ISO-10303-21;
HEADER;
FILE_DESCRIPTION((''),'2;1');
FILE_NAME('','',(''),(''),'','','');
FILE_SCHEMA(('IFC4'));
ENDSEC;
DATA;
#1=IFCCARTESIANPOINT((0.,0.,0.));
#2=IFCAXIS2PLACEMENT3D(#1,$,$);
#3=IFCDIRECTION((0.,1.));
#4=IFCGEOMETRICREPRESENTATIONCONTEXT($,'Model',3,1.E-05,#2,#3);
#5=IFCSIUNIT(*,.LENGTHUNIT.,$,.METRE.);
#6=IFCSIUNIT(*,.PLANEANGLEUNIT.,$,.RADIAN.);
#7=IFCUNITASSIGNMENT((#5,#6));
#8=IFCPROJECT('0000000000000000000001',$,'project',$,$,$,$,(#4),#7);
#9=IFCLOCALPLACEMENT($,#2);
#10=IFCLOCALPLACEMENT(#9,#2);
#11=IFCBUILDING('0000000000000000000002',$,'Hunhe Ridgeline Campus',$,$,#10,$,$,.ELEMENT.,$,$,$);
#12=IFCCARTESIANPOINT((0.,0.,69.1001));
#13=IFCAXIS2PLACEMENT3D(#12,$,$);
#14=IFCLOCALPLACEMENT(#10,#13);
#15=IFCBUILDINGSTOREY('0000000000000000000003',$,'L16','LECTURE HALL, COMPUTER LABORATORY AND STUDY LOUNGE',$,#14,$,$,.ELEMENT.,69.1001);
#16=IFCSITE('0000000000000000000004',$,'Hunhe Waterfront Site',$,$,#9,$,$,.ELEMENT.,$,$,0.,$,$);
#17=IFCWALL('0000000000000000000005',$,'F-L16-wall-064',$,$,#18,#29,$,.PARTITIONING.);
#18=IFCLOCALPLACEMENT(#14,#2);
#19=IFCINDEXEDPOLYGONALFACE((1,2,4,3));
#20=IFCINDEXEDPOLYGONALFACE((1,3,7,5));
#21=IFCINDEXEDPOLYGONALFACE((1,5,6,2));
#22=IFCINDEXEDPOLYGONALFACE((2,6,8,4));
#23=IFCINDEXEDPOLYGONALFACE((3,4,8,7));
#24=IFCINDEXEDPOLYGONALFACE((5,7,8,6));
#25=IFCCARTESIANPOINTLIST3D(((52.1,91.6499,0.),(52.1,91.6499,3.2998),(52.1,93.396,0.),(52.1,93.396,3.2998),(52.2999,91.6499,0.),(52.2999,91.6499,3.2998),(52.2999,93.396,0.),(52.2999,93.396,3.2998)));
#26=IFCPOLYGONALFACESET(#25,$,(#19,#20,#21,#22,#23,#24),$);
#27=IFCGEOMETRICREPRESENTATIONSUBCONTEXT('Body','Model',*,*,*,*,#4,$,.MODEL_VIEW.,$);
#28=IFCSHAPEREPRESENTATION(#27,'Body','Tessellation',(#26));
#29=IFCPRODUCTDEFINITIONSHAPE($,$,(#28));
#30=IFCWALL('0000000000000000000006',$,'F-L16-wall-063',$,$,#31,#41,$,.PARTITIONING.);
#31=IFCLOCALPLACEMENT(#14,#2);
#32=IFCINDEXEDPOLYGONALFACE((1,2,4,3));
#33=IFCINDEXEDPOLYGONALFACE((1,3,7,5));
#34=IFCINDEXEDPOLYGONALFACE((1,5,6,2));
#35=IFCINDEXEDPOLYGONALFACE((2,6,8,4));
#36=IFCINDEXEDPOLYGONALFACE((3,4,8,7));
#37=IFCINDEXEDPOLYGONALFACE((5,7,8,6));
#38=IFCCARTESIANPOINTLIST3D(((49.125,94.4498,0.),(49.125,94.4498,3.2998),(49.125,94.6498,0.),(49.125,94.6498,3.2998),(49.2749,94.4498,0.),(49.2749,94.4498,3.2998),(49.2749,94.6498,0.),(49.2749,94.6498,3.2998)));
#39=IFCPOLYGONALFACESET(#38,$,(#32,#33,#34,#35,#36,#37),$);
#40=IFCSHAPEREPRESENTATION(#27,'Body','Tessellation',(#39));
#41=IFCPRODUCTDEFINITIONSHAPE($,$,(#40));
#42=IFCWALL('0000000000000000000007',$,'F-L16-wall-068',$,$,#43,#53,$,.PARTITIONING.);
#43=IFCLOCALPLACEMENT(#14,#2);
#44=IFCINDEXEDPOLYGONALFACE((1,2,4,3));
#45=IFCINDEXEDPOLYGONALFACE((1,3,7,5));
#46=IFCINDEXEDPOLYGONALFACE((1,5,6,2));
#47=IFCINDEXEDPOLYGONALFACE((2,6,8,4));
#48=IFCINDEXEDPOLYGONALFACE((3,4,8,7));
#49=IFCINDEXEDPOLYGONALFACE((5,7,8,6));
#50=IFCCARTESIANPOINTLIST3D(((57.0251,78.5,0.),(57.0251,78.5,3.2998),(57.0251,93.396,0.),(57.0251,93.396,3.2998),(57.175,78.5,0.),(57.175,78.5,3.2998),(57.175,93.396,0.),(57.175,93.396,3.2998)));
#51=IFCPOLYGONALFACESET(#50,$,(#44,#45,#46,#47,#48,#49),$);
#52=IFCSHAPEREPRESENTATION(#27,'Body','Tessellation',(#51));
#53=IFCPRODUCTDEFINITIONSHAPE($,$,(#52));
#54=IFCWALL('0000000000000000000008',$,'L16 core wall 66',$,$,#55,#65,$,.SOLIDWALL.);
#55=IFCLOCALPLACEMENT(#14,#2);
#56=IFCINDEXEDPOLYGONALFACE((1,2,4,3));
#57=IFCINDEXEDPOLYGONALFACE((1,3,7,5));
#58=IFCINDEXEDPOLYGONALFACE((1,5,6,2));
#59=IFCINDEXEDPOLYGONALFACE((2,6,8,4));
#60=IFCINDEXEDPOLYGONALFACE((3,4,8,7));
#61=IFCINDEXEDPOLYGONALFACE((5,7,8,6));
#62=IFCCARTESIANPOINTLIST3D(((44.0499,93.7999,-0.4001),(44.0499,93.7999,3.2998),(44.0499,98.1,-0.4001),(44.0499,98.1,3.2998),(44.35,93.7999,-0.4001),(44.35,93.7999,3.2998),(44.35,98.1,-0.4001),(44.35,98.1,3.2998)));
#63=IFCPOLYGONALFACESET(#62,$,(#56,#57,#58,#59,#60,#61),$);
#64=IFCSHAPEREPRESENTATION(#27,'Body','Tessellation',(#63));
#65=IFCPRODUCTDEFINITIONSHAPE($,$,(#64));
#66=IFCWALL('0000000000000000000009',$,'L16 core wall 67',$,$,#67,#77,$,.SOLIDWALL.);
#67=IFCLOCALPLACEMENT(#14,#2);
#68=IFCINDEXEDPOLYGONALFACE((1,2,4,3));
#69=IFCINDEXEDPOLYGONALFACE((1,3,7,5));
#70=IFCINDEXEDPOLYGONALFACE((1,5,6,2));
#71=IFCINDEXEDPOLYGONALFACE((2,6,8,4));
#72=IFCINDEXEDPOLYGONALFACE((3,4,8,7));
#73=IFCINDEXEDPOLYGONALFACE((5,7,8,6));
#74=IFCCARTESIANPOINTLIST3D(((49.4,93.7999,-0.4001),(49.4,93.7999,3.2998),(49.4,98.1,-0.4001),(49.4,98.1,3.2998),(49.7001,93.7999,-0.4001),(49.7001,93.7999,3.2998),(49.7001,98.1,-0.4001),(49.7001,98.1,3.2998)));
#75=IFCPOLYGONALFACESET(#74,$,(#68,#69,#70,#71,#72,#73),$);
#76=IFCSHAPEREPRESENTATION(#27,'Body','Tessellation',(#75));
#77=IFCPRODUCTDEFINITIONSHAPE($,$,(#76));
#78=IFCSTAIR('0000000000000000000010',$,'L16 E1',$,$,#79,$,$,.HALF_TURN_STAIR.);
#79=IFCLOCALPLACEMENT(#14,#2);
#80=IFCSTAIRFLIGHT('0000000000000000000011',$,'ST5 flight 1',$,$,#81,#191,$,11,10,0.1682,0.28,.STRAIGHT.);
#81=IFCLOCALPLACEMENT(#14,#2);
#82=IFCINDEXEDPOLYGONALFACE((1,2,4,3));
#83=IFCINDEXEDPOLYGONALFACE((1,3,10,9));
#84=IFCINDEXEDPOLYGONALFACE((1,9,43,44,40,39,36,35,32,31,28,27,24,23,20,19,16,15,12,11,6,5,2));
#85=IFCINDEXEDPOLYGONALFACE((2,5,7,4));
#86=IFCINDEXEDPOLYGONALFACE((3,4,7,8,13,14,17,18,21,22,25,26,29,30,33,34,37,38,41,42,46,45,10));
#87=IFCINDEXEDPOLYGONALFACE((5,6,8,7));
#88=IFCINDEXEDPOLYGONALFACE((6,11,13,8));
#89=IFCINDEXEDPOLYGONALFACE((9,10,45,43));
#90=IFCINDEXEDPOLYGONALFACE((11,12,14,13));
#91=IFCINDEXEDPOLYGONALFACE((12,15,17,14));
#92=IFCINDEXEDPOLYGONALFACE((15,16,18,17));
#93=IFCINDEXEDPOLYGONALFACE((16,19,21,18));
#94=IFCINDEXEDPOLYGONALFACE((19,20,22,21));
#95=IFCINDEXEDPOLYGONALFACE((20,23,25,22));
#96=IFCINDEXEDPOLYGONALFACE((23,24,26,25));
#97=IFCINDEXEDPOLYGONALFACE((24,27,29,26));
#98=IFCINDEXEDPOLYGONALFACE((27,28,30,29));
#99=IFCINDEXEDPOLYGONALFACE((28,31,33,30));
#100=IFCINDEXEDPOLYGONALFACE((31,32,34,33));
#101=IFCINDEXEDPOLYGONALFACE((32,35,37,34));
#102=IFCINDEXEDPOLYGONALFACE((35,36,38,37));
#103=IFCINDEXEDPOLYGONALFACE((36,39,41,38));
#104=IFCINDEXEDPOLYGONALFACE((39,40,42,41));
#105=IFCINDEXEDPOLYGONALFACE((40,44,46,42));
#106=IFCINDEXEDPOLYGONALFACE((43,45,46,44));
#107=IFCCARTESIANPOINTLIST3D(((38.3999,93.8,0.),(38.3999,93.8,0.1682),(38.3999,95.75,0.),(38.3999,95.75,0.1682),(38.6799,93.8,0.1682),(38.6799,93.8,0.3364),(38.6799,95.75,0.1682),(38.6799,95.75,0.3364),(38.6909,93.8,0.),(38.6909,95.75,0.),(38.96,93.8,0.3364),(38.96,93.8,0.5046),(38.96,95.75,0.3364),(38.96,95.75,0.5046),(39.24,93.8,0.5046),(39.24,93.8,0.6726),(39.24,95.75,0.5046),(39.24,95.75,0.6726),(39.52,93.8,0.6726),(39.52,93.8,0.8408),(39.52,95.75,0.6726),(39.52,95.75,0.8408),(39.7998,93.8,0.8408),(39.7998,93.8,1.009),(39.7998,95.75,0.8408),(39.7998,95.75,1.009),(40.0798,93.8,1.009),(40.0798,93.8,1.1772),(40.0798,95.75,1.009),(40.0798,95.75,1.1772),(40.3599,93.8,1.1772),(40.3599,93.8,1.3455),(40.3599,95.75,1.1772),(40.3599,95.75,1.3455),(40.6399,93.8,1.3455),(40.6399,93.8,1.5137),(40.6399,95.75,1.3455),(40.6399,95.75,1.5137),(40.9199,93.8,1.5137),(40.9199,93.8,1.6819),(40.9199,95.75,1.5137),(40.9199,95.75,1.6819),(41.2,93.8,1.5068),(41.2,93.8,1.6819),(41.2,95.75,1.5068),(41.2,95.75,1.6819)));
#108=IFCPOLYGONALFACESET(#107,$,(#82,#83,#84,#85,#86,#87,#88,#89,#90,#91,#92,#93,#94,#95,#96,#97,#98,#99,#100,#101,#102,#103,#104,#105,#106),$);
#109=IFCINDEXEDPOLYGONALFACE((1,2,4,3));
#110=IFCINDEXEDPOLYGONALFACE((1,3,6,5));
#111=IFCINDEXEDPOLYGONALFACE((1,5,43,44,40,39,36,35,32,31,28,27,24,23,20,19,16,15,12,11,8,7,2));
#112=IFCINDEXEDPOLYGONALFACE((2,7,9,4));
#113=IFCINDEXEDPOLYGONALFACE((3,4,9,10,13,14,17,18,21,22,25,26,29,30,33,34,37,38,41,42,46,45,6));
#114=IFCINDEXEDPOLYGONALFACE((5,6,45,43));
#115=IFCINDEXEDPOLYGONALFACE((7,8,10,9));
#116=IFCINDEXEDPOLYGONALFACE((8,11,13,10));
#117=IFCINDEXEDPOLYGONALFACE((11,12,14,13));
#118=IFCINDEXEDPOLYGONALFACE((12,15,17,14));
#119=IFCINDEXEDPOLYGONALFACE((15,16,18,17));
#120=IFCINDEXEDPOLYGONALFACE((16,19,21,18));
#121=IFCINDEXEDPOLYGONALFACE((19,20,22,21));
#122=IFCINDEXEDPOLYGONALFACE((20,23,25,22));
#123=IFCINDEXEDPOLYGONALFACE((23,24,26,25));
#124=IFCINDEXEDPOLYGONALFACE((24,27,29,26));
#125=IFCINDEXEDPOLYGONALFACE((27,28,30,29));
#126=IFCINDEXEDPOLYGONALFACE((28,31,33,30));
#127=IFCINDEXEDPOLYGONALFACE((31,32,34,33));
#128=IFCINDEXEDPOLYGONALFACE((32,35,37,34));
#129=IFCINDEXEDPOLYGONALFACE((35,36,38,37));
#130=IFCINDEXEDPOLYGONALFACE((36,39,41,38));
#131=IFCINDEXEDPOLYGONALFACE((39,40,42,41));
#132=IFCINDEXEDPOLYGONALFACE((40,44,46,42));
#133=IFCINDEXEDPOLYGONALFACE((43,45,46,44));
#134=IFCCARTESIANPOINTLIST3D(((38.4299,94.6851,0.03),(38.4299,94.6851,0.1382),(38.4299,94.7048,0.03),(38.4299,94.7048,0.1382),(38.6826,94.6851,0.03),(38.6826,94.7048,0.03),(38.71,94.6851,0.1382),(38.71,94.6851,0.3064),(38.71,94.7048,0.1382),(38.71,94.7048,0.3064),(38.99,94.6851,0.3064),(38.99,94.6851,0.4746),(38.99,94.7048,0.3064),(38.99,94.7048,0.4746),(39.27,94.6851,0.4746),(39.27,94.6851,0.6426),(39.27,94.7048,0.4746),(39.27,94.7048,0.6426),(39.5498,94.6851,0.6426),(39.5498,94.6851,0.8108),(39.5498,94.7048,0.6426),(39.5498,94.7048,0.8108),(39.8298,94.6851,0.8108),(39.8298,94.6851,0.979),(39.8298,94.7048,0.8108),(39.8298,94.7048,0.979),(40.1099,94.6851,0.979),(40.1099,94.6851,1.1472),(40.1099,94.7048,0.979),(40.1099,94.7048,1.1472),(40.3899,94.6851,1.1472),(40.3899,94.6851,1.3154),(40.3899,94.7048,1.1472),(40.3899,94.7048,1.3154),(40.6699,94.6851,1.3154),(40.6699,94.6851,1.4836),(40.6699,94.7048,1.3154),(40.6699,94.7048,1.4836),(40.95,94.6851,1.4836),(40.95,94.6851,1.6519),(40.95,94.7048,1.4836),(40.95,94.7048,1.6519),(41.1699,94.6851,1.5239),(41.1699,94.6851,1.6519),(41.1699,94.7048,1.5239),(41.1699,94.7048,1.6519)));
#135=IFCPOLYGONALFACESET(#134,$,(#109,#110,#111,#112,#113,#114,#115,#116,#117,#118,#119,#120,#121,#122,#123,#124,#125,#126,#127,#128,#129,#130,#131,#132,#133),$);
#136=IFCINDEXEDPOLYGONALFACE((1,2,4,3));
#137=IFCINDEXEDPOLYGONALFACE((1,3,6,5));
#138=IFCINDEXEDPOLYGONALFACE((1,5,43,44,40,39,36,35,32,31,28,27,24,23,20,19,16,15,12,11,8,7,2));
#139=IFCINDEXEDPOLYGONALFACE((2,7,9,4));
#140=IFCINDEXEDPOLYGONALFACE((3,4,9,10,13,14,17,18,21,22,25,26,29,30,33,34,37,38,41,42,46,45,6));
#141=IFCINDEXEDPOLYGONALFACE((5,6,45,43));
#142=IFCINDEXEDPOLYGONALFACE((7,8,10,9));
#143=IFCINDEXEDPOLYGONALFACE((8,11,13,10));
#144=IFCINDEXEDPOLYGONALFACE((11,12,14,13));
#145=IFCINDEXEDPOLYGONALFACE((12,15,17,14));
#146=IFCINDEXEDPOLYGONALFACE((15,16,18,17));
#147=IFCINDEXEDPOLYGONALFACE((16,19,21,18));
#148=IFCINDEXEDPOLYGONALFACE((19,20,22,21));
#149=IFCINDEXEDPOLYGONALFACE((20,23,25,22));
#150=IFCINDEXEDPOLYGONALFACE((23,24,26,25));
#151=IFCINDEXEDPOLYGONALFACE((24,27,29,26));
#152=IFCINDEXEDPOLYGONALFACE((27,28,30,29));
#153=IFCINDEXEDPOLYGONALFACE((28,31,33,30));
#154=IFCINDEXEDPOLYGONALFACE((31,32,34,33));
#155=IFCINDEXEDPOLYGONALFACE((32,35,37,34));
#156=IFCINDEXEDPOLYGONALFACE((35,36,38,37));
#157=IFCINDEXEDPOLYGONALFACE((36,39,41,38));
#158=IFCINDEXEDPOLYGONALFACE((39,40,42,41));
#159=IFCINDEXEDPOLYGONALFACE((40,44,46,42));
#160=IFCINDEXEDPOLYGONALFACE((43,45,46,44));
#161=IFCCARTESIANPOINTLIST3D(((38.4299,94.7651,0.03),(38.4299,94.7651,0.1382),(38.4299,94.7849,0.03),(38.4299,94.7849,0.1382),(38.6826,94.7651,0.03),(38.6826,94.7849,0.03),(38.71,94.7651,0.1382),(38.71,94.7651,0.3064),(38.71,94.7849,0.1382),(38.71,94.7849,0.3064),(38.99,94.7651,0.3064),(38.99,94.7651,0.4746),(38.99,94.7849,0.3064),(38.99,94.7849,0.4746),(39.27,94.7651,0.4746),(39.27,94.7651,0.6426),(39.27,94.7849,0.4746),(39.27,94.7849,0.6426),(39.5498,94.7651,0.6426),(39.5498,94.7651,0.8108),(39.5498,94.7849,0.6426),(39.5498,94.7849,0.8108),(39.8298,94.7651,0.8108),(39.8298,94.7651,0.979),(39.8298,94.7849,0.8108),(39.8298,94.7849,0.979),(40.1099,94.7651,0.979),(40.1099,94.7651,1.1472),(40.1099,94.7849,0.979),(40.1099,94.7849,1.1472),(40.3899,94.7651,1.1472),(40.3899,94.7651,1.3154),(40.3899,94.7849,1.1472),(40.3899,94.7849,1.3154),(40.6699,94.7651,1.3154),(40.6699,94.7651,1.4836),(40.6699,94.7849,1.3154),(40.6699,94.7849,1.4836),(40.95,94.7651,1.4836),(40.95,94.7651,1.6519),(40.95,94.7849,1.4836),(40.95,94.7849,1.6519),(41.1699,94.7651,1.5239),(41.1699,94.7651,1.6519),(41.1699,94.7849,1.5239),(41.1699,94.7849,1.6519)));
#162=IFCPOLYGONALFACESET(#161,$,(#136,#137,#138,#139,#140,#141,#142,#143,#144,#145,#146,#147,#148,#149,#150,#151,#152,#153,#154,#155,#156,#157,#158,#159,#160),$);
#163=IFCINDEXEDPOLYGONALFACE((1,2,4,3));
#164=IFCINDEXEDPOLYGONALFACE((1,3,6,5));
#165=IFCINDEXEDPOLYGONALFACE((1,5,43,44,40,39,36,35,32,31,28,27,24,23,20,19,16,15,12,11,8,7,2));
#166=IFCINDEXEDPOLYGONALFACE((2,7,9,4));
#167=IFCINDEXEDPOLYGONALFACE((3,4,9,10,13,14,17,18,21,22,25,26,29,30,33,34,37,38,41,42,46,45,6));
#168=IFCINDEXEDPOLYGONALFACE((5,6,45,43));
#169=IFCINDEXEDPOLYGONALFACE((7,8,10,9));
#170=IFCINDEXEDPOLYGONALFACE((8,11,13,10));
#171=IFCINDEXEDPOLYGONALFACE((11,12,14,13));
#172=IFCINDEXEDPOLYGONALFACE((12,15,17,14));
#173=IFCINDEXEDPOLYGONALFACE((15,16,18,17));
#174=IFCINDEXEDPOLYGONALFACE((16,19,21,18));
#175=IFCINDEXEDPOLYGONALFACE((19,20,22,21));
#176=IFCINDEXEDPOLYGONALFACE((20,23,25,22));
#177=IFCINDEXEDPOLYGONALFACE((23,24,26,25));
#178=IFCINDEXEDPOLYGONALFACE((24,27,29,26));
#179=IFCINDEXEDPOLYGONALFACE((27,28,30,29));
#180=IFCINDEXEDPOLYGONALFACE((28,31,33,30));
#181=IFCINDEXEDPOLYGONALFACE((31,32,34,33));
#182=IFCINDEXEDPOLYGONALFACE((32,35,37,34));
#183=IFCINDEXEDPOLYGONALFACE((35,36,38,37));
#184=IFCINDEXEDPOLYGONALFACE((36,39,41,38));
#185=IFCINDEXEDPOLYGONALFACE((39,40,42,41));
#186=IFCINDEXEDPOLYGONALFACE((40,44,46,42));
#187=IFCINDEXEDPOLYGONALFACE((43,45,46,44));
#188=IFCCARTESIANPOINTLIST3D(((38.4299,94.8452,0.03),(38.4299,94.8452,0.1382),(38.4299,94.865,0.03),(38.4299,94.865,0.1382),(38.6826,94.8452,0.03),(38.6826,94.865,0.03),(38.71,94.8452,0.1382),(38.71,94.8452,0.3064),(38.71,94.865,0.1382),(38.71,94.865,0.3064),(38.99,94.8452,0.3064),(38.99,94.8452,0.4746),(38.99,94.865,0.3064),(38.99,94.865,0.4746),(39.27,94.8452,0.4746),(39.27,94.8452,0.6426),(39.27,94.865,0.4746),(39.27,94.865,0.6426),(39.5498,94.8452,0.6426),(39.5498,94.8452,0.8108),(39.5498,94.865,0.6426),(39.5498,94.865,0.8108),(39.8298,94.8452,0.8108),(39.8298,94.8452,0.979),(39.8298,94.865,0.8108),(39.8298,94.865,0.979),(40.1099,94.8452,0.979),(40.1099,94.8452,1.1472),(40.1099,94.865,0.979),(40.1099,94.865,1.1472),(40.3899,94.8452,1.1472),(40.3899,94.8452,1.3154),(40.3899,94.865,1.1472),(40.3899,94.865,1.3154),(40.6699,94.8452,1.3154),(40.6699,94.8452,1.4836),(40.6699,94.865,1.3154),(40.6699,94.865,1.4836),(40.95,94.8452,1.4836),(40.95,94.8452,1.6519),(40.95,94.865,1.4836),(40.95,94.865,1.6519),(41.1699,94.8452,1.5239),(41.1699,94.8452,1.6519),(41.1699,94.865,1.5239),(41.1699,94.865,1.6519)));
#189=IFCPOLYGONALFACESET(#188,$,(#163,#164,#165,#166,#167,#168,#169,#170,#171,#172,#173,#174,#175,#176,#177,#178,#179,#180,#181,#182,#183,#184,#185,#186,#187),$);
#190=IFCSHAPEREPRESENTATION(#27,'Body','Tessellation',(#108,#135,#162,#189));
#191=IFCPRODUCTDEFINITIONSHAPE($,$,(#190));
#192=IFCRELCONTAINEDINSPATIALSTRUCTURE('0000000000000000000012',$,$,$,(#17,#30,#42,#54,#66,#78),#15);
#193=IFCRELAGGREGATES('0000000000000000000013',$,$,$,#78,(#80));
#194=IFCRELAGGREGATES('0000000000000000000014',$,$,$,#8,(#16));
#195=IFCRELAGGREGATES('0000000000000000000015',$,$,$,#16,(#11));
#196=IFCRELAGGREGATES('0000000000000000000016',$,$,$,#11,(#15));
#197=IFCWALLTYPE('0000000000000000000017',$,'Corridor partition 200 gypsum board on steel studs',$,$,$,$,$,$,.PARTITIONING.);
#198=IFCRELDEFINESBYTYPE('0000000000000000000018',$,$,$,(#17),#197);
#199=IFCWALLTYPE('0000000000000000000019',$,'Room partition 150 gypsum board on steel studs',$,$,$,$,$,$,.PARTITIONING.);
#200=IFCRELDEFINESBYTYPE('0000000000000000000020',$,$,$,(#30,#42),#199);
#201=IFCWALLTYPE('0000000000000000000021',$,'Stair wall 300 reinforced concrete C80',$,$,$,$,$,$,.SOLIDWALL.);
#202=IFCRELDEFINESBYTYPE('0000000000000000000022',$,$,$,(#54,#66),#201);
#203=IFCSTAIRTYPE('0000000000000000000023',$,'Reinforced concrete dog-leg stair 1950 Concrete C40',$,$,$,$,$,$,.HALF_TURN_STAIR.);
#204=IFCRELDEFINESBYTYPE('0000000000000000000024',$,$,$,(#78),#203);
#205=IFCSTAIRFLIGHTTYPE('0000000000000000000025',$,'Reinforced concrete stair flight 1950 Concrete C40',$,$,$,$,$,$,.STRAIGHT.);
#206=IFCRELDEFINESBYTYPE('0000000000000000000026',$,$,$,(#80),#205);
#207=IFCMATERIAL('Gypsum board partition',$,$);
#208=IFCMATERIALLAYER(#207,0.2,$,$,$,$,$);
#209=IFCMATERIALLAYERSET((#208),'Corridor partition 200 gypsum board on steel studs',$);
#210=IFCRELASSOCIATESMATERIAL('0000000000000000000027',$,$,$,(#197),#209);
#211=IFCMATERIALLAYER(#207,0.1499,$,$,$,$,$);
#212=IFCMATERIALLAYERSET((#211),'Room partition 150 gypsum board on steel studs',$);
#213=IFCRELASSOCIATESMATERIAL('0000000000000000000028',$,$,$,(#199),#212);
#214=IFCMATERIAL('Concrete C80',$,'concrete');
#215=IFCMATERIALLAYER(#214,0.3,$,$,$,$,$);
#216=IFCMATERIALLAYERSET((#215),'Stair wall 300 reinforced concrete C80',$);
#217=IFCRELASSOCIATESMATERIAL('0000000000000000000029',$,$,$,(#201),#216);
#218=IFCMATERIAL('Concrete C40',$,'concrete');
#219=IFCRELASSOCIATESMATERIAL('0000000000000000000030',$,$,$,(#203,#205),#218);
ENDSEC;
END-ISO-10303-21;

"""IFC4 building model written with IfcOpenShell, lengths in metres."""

from ifc_helpers import new_model, si_unit, direction, frame, frame_2d, origin, place, context, subcontext, project, spatial, polyline, rectangle, outline, extrude, material, layer, layer_set, type_object, element, aggregate, save


model = new_model("IFC4")

# Units and contexts
model_context = context("Model", 3, precision=1e-05, world=origin(), true_north=direction((0.0, 1.0)))
body_context = subcontext(model_context, "Body", "Model", "MODEL_VIEW")
ifc_project = project(units=[si_unit("LENGTHUNIT", "METRE"), si_unit("PLANEANGLEUNIT", "RADIAN")], contexts=[model_context])

# Site, building, storey
site_placement = place(None, origin())
site = spatial("IfcSite", under=ifc_project, at=site_placement, Name="Hunhe Waterfront Site", CompositionType="ELEMENT", RefElevation=0.0)
building_placement = place(site_placement, origin())
building = spatial("IfcBuilding", under=site, at=building_placement, Name="Hunhe Ridgeline Campus", CompositionType="ELEMENT")
storey_placement = place(building_placement, frame((0.0, 0.0, 69.1001)))
storey = spatial("IfcBuildingStorey", under=building, at=storey_placement, Name="L16", Description="LECTURE HALL, COMPUTER LABORATORY AND STUDY LOUNGE", CompositionType="ELEMENT", Elevation=69.1001)

# Shared definitions
ifc_material_1 = material(Name="Gypsum board partition")
ifc_layer_1 = layer(ifc_material_1, 0.2)
ifc_layer_set_1 = layer_set([ifc_layer_1], Name="Corridor partition 200 gypsum board on steel studs")
wall_type_1 = type_object("IfcWallType", Name="Corridor partition 200 gypsum board on steel studs", PredefinedType="PARTITIONING", material=ifc_layer_set_1)

# Walls
wall_1_placement = place(storey_placement, frame((52.2, 93.396, 0.0), z_axis=(0.0, 0.0, 1.0), x_axis=(0.0, -1.0, 0.0)))
element("IfcWall", 1, at=wall_1_placement, inside=storey, type_object=wall_type_1, Name="F-L16-wall-064", PredefinedType="PARTITIONING", context=body_context, shape_type="SweptSolid", body=[
    extrude(rectangle(XDim=1.7461, YDim=0.2, at=frame_2d((0.873, 0.0))), origin(), (0.0, 0.0, 1.0), 3.2998),
])
ifc_layer_2 = layer(ifc_material_1, 0.1499)
ifc_layer_set_2 = layer_set([ifc_layer_2], Name="Room partition 150 gypsum board on steel studs")
wall_type_2 = type_object("IfcWallType", Name="Room partition 150 gypsum board on steel studs", PredefinedType="PARTITIONING", material=ifc_layer_set_2)
wall_2_placement = place(storey_placement, frame((49.2, 94.6499, 0.0), z_axis=(0.0, 0.0, 1.0), x_axis=(0.0, -1.0, 0.0)))
element("IfcWall", 2, at=wall_2_placement, inside=storey, type_object=wall_type_2, Name="F-L16-wall-063", PredefinedType="PARTITIONING", context=body_context, shape_type="SweptSolid", body=[
    extrude(rectangle(XDim=0.2, YDim=0.1499, at=frame_2d((0.1001, 0.0))), origin(), (0.0, 0.0, 1.0), 3.2998),
])
wall_3_placement = place(storey_placement, frame((57.1001, 93.396, 0.0), z_axis=(0.0, 0.0, 1.0), x_axis=(0.0, -1.0, 0.0)))
element("IfcWall", 3, at=wall_3_placement, inside=storey, type_object=wall_type_2, Name="F-L16-wall-068", PredefinedType="PARTITIONING", context=body_context, shape_type="SweptSolid", body=[
    extrude(rectangle(XDim=14.896, YDim=0.1499, at=frame_2d((7.448, 0.0))), origin(), (0.0, 0.0, 1.0), 3.2998),
])

# Shared definitions
ifc_material_2 = material(Name="Concrete C80", Category="concrete")
ifc_layer_3 = layer(ifc_material_2, 0.3)
ifc_layer_set_3 = layer_set([ifc_layer_3], Name="Stair wall 300 reinforced concrete C80")
wall_type_3 = type_object("IfcWallType", Name="Stair wall 300 reinforced concrete C80", PredefinedType="SOLIDWALL", material=ifc_layer_set_3)

# Walls
for number, where, z_axis, x_axis, name in (
    (4, (44.2, 93.8, -0.4001), (0.0, 0.0, 1.0), (0.0, 1.0, 0.0), "L16 core wall 66"),
    (5, (49.55, 93.8, -0.4001), (0.0, 0.0, 1.0), (0.0, 1.0, 0.0), "L16 core wall 67"),
):
    element("IfcWall", number, at=place(storey_placement, frame(where, z_axis=z_axis, x_axis=x_axis)), inside=storey, type_object=wall_type_3, Name=name, PredefinedType="SOLIDWALL", context=body_context, shape_type="SweptSolid", body=[
        extrude(rectangle(XDim=4.3, YDim=0.3, at=frame_2d((2.1499, 0.0))), origin(), (0.0, 0.0, 1.0), 3.7),
    ])

# Stair, stair flight
ifc_material_3 = material(Name="Concrete C40", Category="concrete")
stair_type = type_object("IfcStairType", Name="Reinforced concrete dog-leg stair 1950 Concrete C40", PredefinedType="HALF_TURN_STAIR", material=ifc_material_3)
stair_1_placement = place(storey_placement, origin())
stair_1 = element("IfcStair", 6, at=stair_1_placement, inside=storey, type_object=stair_type, Name="L16 E1", PredefinedType="HALF_TURN_STAIR")
stair_flight_type = type_object("IfcStairFlightType", Name="Reinforced concrete stair flight 1950 Concrete C40", PredefinedType="STRAIGHT", material=ifc_material_3)
stair_flight_1_placement = place(storey_placement, frame((38.3999, 94.7749, 0.0), z_axis=(0.0, 0.0, 1.0), x_axis=(1.0, 0.0, 0.0)))
stair_flight_1 = element("IfcStairFlight", 7, at=stair_flight_1_placement, type_object=stair_flight_type, Name="ST5 flight 1", NumberOfRisers=11, NumberOfTreads=10, PredefinedType="STRAIGHT", RiserHeight=0.1682, TreadLength=0.28, context=body_context, shape_type="SweptSolid", body=[
    extrude(outline(polyline([(0.0, 0.0), (0.0, 0.1682), (0.28, 0.1682), (0.28, 0.3364), (0.5601, 0.3364), (0.5601, 0.5046), (0.8401, 0.5046), (0.8401, 0.6726), (1.1201, 0.6726), (1.1201, 0.8408), (1.3999, 0.8408), (1.3999, 1.009), (1.6799, 1.009), (1.6799, 1.1772), (1.96, 1.1772), (1.96, 1.3455), (2.24, 1.3455), (2.24, 1.5137), (2.52, 1.5137), (2.52, 1.6819), (2.8, 1.6819), (2.8, 1.8501), (2.8, 1.5068), (0.291, 0.0), (0.0, 0.0)])), frame((0.0, 0.9751, 0.0), z_axis=(0.0, -1.0, 0.0), x_axis=(1.0, 0.0, 0.0)), (0.0, 0.0, 1.0), 1.95),
    extrude(outline(polyline([(0.03, 0.03), (0.03, 0.1382), (0.3101, 0.1382), (0.3101, 0.3064), (0.5901, 0.3064), (0.5901, 0.4746), (0.8701, 0.4746), (0.8701, 0.6426), (1.1499, 0.6426), (1.1499, 0.8108), (1.4299, 0.8108), (1.4299, 0.979), (1.71, 0.979), (1.71, 1.1472), (1.99, 1.1472), (1.99, 1.3154), (2.27, 1.3154), (2.27, 1.4836), (2.55, 1.4836), (2.55, 1.6519), (2.77, 1.6519), (2.77, 1.5239), (0.2827, 0.03), (0.03, 0.03)])), frame((0.0, -0.0701, 0.0), z_axis=(0.0, -1.0, 0.0), x_axis=(1.0, 0.0, 0.0)), (0.0, 0.0, 1.0), 0.0198),
    extrude(outline(polyline([(0.03, 0.03), (0.03, 0.1382), (0.3101, 0.1382), (0.3101, 0.3064), (0.5901, 0.3064), (0.5901, 0.4746), (0.8701, 0.4746), (0.8701, 0.6426), (1.1499, 0.6426), (1.1499, 0.8108), (1.4299, 0.8108), (1.4299, 0.979), (1.71, 0.979), (1.71, 1.1472), (1.99, 1.1472), (1.99, 1.3154), (2.27, 1.3154), (2.27, 1.4836), (2.55, 1.4836), (2.55, 1.6519), (2.77, 1.6519), (2.77, 1.5239), (0.2827, 0.03), (0.03, 0.03)])), frame((0.0, 0.01, 0.0), z_axis=(0.0, -1.0, 0.0), x_axis=(1.0, 0.0, 0.0)), (0.0, 0.0, 1.0), 0.0198),
    extrude(outline(polyline([(0.03, 0.03), (0.03, 0.1382), (0.3101, 0.1382), (0.3101, 0.3064), (0.5901, 0.3064), (0.5901, 0.4746), (0.8701, 0.4746), (0.8701, 0.6426), (1.1499, 0.6426), (1.1499, 0.8108), (1.4299, 0.8108), (1.4299, 0.979), (1.71, 0.979), (1.71, 1.1472), (1.99, 1.1472), (1.99, 1.3154), (2.27, 1.3154), (2.27, 1.4836), (2.55, 1.4836), (2.55, 1.6519), (2.77, 1.6519), (2.77, 1.5239), (0.2827, 0.03), (0.03, 0.03)])), frame((0.0, 0.0901, 0.0), z_axis=(0.0, -1.0, 0.0), x_axis=(1.0, 0.0, 0.0)), (0.0, 0.0, 1.0), 0.0198),
])
aggregate(stair_1, [stair_flight_1])

save(model, "model.ifc")
